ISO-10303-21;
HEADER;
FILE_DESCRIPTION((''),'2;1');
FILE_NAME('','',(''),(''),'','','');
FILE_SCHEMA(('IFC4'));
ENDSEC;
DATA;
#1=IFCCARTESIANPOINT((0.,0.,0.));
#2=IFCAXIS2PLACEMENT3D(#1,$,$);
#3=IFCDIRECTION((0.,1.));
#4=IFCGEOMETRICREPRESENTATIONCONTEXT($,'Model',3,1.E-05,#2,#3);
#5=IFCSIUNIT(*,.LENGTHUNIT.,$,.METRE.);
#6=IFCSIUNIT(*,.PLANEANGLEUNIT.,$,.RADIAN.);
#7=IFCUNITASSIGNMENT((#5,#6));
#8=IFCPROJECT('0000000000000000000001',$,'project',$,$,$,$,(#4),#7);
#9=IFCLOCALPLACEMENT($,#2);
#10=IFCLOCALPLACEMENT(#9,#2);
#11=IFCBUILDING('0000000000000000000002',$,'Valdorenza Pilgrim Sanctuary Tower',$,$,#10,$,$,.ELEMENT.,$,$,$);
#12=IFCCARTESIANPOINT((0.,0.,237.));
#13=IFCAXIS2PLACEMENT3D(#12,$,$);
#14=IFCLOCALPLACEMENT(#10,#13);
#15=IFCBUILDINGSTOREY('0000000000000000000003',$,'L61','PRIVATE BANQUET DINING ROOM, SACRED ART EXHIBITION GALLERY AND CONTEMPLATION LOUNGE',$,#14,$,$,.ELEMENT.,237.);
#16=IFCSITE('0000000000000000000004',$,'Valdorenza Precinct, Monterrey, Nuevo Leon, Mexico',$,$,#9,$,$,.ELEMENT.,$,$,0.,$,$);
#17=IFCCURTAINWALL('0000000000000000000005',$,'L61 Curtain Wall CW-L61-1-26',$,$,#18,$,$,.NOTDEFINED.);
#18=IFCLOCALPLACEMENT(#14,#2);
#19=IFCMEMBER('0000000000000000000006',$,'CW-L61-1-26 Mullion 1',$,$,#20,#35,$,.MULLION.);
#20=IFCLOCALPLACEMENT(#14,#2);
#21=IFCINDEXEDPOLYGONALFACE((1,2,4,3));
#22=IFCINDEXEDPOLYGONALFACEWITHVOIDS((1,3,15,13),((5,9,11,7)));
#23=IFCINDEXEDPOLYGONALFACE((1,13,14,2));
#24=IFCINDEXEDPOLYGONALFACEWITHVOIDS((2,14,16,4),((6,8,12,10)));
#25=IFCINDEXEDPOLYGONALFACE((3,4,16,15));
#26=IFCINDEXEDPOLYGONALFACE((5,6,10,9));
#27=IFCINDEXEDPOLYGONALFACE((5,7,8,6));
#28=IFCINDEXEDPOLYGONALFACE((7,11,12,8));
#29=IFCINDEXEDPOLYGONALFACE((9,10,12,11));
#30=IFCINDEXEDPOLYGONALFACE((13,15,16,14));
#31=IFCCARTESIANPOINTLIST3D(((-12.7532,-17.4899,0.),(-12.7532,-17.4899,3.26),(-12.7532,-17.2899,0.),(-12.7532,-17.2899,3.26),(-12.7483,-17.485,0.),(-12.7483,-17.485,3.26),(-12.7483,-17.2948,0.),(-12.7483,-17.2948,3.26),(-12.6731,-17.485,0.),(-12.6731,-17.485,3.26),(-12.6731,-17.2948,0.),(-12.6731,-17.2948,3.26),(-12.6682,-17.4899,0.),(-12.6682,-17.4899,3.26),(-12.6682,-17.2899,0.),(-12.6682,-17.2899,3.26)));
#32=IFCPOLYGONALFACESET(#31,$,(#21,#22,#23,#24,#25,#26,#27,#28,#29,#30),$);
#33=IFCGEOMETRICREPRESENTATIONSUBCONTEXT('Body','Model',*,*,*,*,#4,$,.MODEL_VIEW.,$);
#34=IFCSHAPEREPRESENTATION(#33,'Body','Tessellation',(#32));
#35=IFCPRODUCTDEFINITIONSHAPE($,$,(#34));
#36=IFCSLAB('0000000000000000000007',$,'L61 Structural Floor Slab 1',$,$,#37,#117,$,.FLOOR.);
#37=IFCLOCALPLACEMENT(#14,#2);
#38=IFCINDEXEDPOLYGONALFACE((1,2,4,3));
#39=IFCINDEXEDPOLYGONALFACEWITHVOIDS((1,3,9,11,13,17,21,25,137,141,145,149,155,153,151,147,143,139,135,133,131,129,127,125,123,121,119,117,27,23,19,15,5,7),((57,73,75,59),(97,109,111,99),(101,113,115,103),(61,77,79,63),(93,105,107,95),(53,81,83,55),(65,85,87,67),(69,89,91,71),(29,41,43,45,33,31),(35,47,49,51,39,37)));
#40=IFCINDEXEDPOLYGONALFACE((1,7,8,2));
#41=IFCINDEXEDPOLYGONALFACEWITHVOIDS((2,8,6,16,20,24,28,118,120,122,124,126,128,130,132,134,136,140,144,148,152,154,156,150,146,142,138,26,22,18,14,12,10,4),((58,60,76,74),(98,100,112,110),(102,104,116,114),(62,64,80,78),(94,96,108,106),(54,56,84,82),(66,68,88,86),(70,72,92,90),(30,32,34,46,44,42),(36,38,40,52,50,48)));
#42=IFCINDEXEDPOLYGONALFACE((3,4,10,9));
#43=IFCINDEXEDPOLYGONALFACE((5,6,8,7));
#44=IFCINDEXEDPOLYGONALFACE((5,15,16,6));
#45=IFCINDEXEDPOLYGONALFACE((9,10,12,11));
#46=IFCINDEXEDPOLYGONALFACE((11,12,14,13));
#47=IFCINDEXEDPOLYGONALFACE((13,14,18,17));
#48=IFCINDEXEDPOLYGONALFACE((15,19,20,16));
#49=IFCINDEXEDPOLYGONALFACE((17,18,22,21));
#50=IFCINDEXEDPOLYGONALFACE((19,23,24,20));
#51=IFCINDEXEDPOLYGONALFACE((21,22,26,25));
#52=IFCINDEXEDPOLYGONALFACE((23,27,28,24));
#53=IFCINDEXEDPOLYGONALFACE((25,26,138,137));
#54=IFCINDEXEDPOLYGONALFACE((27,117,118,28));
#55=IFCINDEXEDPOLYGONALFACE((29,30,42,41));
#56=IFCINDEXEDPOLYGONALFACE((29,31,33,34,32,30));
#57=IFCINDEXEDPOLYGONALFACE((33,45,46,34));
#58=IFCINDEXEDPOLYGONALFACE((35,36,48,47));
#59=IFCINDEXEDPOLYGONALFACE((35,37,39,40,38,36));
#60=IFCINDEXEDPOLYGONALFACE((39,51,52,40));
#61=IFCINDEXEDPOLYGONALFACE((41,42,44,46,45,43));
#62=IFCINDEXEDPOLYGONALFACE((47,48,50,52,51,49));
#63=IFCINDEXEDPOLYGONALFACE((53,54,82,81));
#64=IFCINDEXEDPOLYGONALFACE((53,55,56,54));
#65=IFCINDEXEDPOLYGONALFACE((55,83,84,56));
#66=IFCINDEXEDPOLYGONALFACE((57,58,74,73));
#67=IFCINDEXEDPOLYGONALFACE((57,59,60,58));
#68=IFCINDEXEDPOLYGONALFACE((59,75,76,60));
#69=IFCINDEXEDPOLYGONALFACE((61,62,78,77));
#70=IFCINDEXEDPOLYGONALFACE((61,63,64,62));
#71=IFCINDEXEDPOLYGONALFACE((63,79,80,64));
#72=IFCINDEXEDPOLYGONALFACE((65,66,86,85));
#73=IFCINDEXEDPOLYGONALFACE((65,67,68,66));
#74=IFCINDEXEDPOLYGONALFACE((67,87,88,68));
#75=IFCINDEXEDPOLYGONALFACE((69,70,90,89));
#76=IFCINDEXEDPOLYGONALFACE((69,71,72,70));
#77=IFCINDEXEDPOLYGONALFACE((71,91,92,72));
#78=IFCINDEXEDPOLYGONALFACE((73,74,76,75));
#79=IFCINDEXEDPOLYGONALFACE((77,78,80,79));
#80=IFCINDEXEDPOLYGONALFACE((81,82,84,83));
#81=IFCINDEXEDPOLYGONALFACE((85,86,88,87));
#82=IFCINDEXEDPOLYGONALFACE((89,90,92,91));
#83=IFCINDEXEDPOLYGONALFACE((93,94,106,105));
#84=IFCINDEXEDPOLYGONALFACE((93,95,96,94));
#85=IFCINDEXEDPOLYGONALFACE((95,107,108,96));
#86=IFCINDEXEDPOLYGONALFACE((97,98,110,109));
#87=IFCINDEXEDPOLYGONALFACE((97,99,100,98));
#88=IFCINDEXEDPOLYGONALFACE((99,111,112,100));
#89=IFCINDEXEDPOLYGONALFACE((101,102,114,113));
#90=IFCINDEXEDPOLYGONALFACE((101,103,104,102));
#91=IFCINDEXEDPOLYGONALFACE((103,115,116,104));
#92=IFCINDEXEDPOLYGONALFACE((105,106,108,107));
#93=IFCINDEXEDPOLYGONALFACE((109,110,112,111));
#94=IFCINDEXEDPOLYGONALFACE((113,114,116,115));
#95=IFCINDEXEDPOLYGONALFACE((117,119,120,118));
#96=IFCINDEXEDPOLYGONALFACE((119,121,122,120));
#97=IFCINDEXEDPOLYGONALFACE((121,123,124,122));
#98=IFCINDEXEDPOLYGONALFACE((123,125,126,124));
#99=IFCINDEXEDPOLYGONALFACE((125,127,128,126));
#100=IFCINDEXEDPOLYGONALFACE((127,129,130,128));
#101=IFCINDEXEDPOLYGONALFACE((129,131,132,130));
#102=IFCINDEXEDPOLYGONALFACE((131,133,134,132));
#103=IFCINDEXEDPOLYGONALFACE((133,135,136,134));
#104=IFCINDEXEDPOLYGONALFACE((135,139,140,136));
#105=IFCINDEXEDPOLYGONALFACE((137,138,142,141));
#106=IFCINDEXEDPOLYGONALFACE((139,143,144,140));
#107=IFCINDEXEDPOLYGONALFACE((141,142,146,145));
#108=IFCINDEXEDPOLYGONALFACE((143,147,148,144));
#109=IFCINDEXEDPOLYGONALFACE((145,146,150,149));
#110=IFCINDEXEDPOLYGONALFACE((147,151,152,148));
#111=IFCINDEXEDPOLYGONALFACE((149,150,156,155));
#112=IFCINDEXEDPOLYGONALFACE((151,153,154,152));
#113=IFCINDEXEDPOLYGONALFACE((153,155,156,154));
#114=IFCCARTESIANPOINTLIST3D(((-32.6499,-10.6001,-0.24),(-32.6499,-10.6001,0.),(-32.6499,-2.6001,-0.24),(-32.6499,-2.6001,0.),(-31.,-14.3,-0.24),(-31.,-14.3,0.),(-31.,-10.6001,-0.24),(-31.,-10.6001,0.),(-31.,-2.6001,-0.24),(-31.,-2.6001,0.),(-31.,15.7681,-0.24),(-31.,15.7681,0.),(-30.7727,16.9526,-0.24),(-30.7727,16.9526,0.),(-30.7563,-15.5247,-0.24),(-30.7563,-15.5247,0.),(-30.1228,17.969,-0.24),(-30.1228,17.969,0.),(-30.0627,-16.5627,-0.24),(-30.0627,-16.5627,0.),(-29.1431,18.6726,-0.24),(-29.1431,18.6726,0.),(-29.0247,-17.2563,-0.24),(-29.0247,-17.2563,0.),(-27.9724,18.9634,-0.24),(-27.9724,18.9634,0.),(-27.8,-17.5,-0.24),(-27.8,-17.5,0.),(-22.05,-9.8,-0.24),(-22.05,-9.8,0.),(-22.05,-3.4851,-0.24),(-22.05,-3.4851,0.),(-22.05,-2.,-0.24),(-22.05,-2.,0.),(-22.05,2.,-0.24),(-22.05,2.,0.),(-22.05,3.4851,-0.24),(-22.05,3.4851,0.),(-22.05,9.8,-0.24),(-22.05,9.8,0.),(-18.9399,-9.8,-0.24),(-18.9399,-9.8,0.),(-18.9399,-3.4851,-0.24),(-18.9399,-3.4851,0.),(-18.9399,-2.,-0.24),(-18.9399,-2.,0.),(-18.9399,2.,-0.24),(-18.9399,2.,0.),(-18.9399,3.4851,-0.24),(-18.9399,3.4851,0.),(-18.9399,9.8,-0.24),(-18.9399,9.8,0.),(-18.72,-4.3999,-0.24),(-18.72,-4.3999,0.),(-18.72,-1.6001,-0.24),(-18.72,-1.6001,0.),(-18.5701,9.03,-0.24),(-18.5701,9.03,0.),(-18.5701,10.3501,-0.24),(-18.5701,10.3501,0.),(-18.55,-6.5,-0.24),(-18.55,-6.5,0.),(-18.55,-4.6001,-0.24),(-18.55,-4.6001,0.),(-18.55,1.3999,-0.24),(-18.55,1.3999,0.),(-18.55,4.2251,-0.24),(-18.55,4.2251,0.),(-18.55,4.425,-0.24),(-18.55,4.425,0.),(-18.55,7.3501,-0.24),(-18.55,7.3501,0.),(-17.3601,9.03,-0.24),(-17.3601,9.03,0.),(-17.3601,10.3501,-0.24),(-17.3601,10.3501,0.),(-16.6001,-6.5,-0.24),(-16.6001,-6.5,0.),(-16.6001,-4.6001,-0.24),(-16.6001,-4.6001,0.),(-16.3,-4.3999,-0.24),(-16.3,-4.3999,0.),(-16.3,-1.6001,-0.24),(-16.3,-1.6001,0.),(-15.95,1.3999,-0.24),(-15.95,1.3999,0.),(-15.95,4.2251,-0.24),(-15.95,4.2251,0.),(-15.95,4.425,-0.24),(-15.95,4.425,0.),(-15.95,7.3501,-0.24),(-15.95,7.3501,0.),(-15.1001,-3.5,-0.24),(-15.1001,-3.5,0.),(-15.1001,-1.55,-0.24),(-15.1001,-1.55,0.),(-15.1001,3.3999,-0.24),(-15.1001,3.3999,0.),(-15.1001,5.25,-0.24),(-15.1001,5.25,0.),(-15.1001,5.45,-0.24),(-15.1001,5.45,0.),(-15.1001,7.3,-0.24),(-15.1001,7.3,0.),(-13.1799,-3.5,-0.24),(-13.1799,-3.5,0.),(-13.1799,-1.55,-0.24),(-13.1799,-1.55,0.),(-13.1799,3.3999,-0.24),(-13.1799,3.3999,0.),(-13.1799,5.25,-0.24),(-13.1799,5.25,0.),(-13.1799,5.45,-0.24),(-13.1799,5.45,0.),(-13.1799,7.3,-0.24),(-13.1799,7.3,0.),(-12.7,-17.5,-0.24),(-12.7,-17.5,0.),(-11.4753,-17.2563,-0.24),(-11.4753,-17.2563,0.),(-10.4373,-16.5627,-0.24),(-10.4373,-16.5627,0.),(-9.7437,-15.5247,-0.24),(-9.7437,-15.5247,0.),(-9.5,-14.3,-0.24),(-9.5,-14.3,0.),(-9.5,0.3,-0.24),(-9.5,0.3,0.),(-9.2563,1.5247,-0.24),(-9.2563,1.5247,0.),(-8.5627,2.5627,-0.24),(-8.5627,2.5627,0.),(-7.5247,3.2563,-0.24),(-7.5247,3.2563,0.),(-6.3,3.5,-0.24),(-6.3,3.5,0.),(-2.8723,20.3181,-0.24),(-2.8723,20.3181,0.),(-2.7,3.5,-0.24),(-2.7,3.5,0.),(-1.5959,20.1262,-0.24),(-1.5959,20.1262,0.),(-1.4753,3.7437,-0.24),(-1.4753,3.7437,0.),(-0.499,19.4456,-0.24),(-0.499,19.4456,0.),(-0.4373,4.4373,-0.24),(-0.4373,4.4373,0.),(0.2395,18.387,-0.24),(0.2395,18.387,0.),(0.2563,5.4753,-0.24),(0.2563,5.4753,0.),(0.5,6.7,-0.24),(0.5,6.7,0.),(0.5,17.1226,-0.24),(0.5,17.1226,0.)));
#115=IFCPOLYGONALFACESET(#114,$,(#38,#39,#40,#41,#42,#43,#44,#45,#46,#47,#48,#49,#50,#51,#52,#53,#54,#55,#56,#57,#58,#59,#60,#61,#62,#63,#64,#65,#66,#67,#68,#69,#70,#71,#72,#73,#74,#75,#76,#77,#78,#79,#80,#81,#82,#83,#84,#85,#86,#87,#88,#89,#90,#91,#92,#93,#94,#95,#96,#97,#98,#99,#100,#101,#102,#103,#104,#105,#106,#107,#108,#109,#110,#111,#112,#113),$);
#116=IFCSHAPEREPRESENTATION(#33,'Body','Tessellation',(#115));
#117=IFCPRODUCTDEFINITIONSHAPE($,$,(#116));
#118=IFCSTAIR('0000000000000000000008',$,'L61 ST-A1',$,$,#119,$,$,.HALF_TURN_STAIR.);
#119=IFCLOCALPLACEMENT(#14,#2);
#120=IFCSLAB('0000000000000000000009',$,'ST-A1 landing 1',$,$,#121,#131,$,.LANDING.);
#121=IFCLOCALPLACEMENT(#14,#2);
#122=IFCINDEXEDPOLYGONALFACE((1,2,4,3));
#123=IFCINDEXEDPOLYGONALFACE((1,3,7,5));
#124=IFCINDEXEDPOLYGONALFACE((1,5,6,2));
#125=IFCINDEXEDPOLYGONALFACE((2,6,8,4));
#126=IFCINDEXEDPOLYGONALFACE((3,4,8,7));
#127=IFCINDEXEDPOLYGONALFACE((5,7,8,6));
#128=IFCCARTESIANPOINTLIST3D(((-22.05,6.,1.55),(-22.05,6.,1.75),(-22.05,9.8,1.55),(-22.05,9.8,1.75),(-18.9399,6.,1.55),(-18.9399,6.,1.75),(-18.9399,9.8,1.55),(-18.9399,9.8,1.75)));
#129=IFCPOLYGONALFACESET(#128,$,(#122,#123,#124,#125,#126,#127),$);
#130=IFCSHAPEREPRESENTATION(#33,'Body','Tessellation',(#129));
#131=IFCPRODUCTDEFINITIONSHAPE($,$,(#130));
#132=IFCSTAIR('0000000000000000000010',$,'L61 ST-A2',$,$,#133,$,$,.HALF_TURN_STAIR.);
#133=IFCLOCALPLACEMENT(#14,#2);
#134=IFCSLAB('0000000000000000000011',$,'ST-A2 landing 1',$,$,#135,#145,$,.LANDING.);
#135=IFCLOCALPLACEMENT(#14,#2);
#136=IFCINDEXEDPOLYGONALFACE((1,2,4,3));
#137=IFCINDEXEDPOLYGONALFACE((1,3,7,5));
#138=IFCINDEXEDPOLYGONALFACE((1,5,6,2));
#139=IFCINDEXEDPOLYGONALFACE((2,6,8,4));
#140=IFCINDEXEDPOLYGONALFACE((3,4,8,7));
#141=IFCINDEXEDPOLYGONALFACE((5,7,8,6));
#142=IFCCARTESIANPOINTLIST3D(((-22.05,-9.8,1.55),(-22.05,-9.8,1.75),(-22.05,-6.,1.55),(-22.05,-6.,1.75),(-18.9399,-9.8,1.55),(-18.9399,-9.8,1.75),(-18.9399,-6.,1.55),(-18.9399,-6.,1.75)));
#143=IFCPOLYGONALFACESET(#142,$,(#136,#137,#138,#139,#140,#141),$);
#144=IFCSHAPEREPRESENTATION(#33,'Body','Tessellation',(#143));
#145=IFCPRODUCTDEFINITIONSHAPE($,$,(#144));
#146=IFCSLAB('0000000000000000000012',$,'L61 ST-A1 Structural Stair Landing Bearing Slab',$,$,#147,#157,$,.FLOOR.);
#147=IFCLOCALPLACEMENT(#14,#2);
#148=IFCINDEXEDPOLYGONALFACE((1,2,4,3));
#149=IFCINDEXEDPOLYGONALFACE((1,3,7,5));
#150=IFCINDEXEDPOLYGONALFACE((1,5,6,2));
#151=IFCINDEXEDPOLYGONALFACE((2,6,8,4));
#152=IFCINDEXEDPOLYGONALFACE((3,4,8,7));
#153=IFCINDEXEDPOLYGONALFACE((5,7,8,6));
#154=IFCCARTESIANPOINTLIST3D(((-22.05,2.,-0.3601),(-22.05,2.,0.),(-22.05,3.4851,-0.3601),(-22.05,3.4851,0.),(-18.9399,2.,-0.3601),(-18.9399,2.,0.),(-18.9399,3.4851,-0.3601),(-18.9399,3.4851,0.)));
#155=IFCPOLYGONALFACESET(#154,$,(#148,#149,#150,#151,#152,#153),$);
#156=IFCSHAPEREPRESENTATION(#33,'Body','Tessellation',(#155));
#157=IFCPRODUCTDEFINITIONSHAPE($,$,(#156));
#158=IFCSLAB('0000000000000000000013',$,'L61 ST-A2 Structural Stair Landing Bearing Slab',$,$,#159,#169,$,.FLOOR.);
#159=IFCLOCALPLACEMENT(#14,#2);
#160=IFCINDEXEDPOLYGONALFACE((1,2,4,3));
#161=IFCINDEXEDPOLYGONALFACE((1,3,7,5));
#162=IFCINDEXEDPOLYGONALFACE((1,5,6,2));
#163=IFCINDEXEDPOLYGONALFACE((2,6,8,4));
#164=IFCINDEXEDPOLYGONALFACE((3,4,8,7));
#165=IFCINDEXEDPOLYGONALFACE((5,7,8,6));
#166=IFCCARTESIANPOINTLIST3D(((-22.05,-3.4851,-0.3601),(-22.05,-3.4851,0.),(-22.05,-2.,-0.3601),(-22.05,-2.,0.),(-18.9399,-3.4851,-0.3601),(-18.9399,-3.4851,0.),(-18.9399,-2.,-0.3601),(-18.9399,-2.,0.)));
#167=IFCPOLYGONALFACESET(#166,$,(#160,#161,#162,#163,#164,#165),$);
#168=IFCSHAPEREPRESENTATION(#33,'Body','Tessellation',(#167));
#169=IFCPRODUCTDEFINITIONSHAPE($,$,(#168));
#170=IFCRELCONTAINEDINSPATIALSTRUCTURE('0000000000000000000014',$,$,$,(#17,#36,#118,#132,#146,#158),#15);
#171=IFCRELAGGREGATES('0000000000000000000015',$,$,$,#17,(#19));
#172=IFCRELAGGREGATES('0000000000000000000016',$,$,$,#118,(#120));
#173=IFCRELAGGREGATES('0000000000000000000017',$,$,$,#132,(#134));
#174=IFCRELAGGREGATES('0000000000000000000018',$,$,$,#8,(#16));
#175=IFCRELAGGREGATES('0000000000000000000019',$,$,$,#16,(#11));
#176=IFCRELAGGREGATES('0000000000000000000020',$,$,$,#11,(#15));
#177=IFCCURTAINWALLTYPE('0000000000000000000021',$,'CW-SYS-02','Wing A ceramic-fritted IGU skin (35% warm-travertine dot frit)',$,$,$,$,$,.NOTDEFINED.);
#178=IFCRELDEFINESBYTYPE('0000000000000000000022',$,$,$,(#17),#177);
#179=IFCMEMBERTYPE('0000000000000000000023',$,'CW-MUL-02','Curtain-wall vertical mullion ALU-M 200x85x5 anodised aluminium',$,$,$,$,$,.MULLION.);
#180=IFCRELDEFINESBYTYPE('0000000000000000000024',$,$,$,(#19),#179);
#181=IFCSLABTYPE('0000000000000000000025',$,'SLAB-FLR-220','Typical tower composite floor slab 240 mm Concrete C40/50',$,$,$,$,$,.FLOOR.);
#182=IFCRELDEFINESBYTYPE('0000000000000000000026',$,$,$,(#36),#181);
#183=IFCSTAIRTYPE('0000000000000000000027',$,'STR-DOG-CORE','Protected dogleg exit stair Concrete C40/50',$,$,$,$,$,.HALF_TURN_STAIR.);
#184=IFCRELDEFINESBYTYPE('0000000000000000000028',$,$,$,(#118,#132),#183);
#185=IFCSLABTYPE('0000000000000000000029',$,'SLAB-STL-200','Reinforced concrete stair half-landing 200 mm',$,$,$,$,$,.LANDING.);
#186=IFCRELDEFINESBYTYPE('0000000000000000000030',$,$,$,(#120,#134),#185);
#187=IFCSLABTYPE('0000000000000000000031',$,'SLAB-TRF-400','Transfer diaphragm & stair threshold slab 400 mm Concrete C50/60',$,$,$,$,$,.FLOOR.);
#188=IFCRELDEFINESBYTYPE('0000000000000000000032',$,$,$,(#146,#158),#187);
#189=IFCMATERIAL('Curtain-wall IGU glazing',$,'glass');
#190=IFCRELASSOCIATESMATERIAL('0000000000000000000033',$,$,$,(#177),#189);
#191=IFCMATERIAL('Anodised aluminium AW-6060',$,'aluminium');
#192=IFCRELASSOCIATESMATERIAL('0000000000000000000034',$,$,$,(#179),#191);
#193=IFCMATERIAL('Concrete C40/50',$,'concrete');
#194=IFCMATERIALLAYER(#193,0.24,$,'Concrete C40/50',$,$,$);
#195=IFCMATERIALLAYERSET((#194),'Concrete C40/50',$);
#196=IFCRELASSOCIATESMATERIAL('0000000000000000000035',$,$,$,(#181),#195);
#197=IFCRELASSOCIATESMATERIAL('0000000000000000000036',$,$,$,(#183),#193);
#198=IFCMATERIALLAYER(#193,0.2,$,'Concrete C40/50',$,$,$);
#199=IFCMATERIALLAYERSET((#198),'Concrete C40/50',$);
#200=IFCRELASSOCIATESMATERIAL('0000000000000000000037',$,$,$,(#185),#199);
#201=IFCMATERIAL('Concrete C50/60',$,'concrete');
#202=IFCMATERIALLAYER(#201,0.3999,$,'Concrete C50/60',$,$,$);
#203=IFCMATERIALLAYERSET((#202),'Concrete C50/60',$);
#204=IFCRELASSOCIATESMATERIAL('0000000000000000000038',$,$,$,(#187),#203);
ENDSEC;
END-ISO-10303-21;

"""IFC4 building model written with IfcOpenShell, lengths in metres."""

from ifc_helpers import new_model, si_unit, direction, frame, origin, origin_2d, place, context, subcontext, project, spatial, polyline, hollow_rectangle, outline, extrude, source, transform, mapped, material, layer, layer_set, material_profile, profile_set, type_object, element, aggregate, save


model = new_model("IFC4")

# Units and contexts
model_context = context("Model", 3, precision=1e-05, world=origin(), true_north=direction((0.0, 1.0)))
body_context = subcontext(model_context, "Body", "Model", "MODEL_VIEW")
ifc_project = project(units=[si_unit("LENGTHUNIT", "METRE"), si_unit("PLANEANGLEUNIT", "RADIAN")], contexts=[model_context])

# Site, building, storey
site_placement = place(None, origin())
site = spatial("IfcSite", under=ifc_project, at=site_placement, Name="Valdorenza Precinct, Monterrey, Nuevo Leon, Mexico", CompositionType="ELEMENT", RefElevation=0.0)
building_placement = place(site_placement, origin())
building = spatial("IfcBuilding", under=site, at=building_placement, Name="Valdorenza Pilgrim Sanctuary Tower", CompositionType="ELEMENT")
storey_placement = place(building_placement, frame((0.0, 0.0, 237.0)))
storey = spatial("IfcBuildingStorey", under=building, at=storey_placement, Name="L61", Description="PRIVATE BANQUET DINING ROOM, SACRED ART EXHIBITION GALLERY AND CONTEMPLATION LOUNGE", CompositionType="ELEMENT", Elevation=237.0)

# Shared definitions
ifc_material_1 = material(Name="Concrete C50/60", Category="concrete")

# Curtain wall
ifc_material_2 = material(Name="Curtain-wall IGU glazing", Category="glass")
curtain_wall_type = type_object("IfcCurtainWallType", Name="CW-SYS-02", Description="Wing A ceramic-fritted IGU skin (35% warm-travertine dot frit)", PredefinedType="NOTDEFINED", material=ifc_material_2)
curtain_wall_1_placement = place(storey_placement, origin())
curtain_wall_1 = element("IfcCurtainWall", 1, at=curtain_wall_1_placement, inside=storey, type_object=curtain_wall_type, Name="L61 Curtain Wall CW-L61-1-26", PredefinedType="NOTDEFINED")
ifc_material_3 = material(Name="Anodised aluminium AW-6060", Category="aluminium")

# Shared definitions
ifc_material_profile_1 = material_profile(ifc_material_3, hollow_rectangle(XDim=0.085, YDim=0.2, WallThickness=0.0049, at=origin_2d()), Name="ALU-M 200x85x5")
ifc_profile_set_1 = profile_set([ifc_material_profile_1], Name="Anodised aluminium AW-6060")
member_type_1 = type_object("IfcMemberType", Name="CW-MUL-02", Description="Curtain-wall vertical mullion ALU-M 200x85x5 anodised aluminium", PredefinedType="MULLION", material=ifc_profile_set_1)
shared_shape_1 = source(origin(), body_context, "Body", "SweptSolid", [
    extrude(hollow_rectangle(XDim=0.085, YDim=0.2, WallThickness=0.0049, at=origin_2d()), origin(), (0.0, 0.0, 1.0), 3.26),
])

# Member
member_1_placement = place(storey_placement, frame((-12.7107, -17.3899, 0.0), z_axis=(0.0, 0.0, 1.0), x_axis=(-1.0, 0.0, 0.0)))
member_1 = element("IfcMember", 2, at=member_1_placement, type_object=member_type_1, Name="CW-L61-1-26 Mullion 1", PredefinedType="MULLION", context=body_context, shape_type="MappedRepresentation", body=[
    mapped(shared_shape_1, transform((0.0, 0.0, 0.0), x_axis=(1.0, 0.0, 0.0), y_axis=(0.0, 1.0, 0.0), z_axis=(0.0, 0.0, 1.0), scale=1.0)),
])
aggregate(curtain_wall_1, [member_1])

# Slab
ifc_material_4 = material(Name="Concrete C40/50", Category="concrete")
ifc_layer_1 = layer(ifc_material_4, 0.24, Name="Concrete C40/50")
ifc_layer_set_1 = layer_set([ifc_layer_1], Name="Concrete C40/50")
slab_type_1 = type_object("IfcSlabType", Name="SLAB-FLR-220", Description="Typical tower composite floor slab 240 mm Concrete C40/50", PredefinedType="FLOOR", material=ifc_layer_set_1)
slab_1_placement = place(storey_placement, frame((0.0, 0.0, -0.24)))
element("IfcSlab", 3, at=slab_1_placement, inside=storey, type_object=slab_type_1, Name="L61 Structural Floor Slab 1", PredefinedType="FLOOR", context=body_context, shape_type="SweptSolid", body=[
    extrude(outline(polyline([(-32.6499, -2.6001), (-31.0, -2.6001), (-31.0, 15.7681), (-30.7727, 16.9526), (-30.1228, 17.969), (-29.1431, 18.6726), (-27.9724, 18.9634), (-2.8723, 20.3181), (-1.5959, 20.1262), (-0.499, 19.4456), (0.2395, 18.387), (0.5, 17.1226), (0.5, 6.7), (0.2563, 5.4753), (-0.4373, 4.4373), (-1.4753, 3.7437), (-2.7, 3.5), (-6.3, 3.5), (-7.5247, 3.2563), (-8.5627, 2.5627), (-9.2563, 1.5247), (-9.5, 0.3), (-9.5, -14.3), (-9.7437, -15.5247), (-10.4373, -16.5627), (-11.4753, -17.2563), (-12.7, -17.5), (-27.8, -17.5), (-29.0247, -17.2563), (-30.0627, -16.5627), (-30.7563, -15.5247), (-31.0, -14.3), (-31.0, -10.6001), (-32.6499, -10.6001), (-32.6499, -2.6001)]), holes=[polyline([(-22.05, -9.8), (-18.9399, -9.8), (-18.9399, -3.4851), (-18.9399, -2.0), (-22.05, -2.0), (-22.05, -3.4851), (-22.05, -9.8)]), polyline([(-16.6001, -6.5), (-16.6001, -4.6001), (-18.55, -4.6001), (-18.55, -6.5), (-16.6001, -6.5)]), polyline([(-22.05, 2.0), (-18.9399, 2.0), (-18.9399, 3.4851), (-18.9399, 9.8), (-22.05, 9.8), (-22.05, 3.4851), (-22.05, 2.0)]), polyline([(-17.3601, 9.03), (-17.3601, 10.3501), (-18.5701, 10.3501), (-18.5701, 9.03), (-17.3601, 9.03)]), polyline([(-16.3, -1.6001), (-18.72, -1.6001), (-18.72, -4.3999), (-16.3, -4.3999), (-16.3, -1.6001)]), polyline([(-13.1799, -3.5), (-13.1799, -1.55), (-15.1001, -1.55), (-15.1001, -3.5), (-13.1799, -3.5)]), polyline([(-15.95, 1.3999), (-15.95, 4.2251), (-18.55, 4.2251), (-18.55, 1.3999), (-15.95, 1.3999)]), polyline([(-13.1799, 5.25), (-15.1001, 5.25), (-15.1001, 3.3999), (-13.1799, 3.3999), (-13.1799, 5.25)]), polyline([(-15.95, 4.425), (-15.95, 7.3501), (-18.55, 7.3501), (-18.55, 4.425), (-15.95, 4.425)]), polyline([(-13.1799, 5.45), (-13.1799, 7.3), (-15.1001, 7.3), (-15.1001, 5.45), (-13.1799, 5.45)])]), origin(), (0.0, 0.0, 1.0), 0.24),
])

# Stairs, slabs
stair_type = type_object("IfcStairType", Name="STR-DOG-CORE", Description="Protected dogleg exit stair Concrete C40/50", PredefinedType="HALF_TURN_STAIR", material=ifc_material_4)
stair_1_placement = place(storey_placement, origin())
stair_1 = element("IfcStair", 4, at=stair_1_placement, inside=storey, type_object=stair_type, Name="L61 ST-A1", PredefinedType="HALF_TURN_STAIR")
ifc_layer_2 = layer(ifc_material_4, 0.2, Name="Concrete C40/50")
ifc_layer_set_2 = layer_set([ifc_layer_2], Name="Concrete C40/50")
slab_type_2 = type_object("IfcSlabType", Name="SLAB-STL-200", Description="Reinforced concrete stair half-landing 200 mm", PredefinedType="LANDING", material=ifc_layer_set_2)
slab_2_placement = place(storey_placement, frame((0.0, 0.0, 1.55)))
slab_2 = element("IfcSlab", 5, at=slab_2_placement, type_object=slab_type_2, Name="ST-A1 landing 1", PredefinedType="LANDING", context=body_context, shape_type="SweptSolid", body=[
    extrude(outline(polyline([(-18.9399, 6.0), (-18.9399, 9.8), (-22.05, 9.8), (-22.05, 6.0), (-18.9399, 6.0)])), origin(), (0.0, 0.0, 1.0), 0.2),
])
aggregate(stair_1, [slab_2])
stair_2_placement = place(storey_placement, origin())
stair_2 = element("IfcStair", 6, at=stair_2_placement, inside=storey, type_object=stair_type, Name="L61 ST-A2", PredefinedType="HALF_TURN_STAIR")
slab_3_placement = place(storey_placement, frame((0.0, 0.0, 1.55)))
slab_3 = element("IfcSlab", 7, at=slab_3_placement, type_object=slab_type_2, Name="ST-A2 landing 1", PredefinedType="LANDING", context=body_context, shape_type="SweptSolid", body=[
    extrude(outline(polyline([(-22.05, -6.0), (-22.05, -9.8), (-18.9399, -9.8), (-18.9399, -6.0), (-22.05, -6.0)])), origin(), (0.0, 0.0, 1.0), 0.2),
])
aggregate(stair_2, [slab_3])

# Slabs
ifc_layer_3 = layer(ifc_material_1, 0.3999, Name="Concrete C50/60")
ifc_layer_set_3 = layer_set([ifc_layer_3], Name="Concrete C50/60")
slab_type_3 = type_object("IfcSlabType", Name="SLAB-TRF-400", Description="Transfer diaphragm & stair threshold slab 400 mm Concrete C50/60", PredefinedType="FLOOR", material=ifc_layer_set_3)
slab_4_placement = place(storey_placement, frame((0.0, 0.0, -0.3601)))
element("IfcSlab", 8, at=slab_4_placement, inside=storey, type_object=slab_type_3, Name="L61 ST-A1 Structural Stair Landing Bearing Slab", PredefinedType="FLOOR", context=body_context, shape_type="SweptSolid", body=[
    extrude(outline(polyline([(-22.05, 2.0), (-18.9399, 2.0), (-18.9399, 3.4851), (-22.05, 3.4851), (-22.05, 2.0)])), origin(), (0.0, 0.0, 1.0), 0.3601),
])
slab_5_placement = place(storey_placement, frame((0.0, 0.0, -0.3601)))
element("IfcSlab", 9, at=slab_5_placement, inside=storey, type_object=slab_type_3, Name="L61 ST-A2 Structural Stair Landing Bearing Slab", PredefinedType="FLOOR", context=body_context, shape_type="SweptSolid", body=[
    extrude(outline(polyline([(-22.05, -3.4851), (-18.9399, -3.4851), (-18.9399, -2.0), (-22.05, -2.0), (-22.05, -3.4851)])), origin(), (0.0, 0.0, 1.0), 0.3601),
])

save(model, "model.ifc")
